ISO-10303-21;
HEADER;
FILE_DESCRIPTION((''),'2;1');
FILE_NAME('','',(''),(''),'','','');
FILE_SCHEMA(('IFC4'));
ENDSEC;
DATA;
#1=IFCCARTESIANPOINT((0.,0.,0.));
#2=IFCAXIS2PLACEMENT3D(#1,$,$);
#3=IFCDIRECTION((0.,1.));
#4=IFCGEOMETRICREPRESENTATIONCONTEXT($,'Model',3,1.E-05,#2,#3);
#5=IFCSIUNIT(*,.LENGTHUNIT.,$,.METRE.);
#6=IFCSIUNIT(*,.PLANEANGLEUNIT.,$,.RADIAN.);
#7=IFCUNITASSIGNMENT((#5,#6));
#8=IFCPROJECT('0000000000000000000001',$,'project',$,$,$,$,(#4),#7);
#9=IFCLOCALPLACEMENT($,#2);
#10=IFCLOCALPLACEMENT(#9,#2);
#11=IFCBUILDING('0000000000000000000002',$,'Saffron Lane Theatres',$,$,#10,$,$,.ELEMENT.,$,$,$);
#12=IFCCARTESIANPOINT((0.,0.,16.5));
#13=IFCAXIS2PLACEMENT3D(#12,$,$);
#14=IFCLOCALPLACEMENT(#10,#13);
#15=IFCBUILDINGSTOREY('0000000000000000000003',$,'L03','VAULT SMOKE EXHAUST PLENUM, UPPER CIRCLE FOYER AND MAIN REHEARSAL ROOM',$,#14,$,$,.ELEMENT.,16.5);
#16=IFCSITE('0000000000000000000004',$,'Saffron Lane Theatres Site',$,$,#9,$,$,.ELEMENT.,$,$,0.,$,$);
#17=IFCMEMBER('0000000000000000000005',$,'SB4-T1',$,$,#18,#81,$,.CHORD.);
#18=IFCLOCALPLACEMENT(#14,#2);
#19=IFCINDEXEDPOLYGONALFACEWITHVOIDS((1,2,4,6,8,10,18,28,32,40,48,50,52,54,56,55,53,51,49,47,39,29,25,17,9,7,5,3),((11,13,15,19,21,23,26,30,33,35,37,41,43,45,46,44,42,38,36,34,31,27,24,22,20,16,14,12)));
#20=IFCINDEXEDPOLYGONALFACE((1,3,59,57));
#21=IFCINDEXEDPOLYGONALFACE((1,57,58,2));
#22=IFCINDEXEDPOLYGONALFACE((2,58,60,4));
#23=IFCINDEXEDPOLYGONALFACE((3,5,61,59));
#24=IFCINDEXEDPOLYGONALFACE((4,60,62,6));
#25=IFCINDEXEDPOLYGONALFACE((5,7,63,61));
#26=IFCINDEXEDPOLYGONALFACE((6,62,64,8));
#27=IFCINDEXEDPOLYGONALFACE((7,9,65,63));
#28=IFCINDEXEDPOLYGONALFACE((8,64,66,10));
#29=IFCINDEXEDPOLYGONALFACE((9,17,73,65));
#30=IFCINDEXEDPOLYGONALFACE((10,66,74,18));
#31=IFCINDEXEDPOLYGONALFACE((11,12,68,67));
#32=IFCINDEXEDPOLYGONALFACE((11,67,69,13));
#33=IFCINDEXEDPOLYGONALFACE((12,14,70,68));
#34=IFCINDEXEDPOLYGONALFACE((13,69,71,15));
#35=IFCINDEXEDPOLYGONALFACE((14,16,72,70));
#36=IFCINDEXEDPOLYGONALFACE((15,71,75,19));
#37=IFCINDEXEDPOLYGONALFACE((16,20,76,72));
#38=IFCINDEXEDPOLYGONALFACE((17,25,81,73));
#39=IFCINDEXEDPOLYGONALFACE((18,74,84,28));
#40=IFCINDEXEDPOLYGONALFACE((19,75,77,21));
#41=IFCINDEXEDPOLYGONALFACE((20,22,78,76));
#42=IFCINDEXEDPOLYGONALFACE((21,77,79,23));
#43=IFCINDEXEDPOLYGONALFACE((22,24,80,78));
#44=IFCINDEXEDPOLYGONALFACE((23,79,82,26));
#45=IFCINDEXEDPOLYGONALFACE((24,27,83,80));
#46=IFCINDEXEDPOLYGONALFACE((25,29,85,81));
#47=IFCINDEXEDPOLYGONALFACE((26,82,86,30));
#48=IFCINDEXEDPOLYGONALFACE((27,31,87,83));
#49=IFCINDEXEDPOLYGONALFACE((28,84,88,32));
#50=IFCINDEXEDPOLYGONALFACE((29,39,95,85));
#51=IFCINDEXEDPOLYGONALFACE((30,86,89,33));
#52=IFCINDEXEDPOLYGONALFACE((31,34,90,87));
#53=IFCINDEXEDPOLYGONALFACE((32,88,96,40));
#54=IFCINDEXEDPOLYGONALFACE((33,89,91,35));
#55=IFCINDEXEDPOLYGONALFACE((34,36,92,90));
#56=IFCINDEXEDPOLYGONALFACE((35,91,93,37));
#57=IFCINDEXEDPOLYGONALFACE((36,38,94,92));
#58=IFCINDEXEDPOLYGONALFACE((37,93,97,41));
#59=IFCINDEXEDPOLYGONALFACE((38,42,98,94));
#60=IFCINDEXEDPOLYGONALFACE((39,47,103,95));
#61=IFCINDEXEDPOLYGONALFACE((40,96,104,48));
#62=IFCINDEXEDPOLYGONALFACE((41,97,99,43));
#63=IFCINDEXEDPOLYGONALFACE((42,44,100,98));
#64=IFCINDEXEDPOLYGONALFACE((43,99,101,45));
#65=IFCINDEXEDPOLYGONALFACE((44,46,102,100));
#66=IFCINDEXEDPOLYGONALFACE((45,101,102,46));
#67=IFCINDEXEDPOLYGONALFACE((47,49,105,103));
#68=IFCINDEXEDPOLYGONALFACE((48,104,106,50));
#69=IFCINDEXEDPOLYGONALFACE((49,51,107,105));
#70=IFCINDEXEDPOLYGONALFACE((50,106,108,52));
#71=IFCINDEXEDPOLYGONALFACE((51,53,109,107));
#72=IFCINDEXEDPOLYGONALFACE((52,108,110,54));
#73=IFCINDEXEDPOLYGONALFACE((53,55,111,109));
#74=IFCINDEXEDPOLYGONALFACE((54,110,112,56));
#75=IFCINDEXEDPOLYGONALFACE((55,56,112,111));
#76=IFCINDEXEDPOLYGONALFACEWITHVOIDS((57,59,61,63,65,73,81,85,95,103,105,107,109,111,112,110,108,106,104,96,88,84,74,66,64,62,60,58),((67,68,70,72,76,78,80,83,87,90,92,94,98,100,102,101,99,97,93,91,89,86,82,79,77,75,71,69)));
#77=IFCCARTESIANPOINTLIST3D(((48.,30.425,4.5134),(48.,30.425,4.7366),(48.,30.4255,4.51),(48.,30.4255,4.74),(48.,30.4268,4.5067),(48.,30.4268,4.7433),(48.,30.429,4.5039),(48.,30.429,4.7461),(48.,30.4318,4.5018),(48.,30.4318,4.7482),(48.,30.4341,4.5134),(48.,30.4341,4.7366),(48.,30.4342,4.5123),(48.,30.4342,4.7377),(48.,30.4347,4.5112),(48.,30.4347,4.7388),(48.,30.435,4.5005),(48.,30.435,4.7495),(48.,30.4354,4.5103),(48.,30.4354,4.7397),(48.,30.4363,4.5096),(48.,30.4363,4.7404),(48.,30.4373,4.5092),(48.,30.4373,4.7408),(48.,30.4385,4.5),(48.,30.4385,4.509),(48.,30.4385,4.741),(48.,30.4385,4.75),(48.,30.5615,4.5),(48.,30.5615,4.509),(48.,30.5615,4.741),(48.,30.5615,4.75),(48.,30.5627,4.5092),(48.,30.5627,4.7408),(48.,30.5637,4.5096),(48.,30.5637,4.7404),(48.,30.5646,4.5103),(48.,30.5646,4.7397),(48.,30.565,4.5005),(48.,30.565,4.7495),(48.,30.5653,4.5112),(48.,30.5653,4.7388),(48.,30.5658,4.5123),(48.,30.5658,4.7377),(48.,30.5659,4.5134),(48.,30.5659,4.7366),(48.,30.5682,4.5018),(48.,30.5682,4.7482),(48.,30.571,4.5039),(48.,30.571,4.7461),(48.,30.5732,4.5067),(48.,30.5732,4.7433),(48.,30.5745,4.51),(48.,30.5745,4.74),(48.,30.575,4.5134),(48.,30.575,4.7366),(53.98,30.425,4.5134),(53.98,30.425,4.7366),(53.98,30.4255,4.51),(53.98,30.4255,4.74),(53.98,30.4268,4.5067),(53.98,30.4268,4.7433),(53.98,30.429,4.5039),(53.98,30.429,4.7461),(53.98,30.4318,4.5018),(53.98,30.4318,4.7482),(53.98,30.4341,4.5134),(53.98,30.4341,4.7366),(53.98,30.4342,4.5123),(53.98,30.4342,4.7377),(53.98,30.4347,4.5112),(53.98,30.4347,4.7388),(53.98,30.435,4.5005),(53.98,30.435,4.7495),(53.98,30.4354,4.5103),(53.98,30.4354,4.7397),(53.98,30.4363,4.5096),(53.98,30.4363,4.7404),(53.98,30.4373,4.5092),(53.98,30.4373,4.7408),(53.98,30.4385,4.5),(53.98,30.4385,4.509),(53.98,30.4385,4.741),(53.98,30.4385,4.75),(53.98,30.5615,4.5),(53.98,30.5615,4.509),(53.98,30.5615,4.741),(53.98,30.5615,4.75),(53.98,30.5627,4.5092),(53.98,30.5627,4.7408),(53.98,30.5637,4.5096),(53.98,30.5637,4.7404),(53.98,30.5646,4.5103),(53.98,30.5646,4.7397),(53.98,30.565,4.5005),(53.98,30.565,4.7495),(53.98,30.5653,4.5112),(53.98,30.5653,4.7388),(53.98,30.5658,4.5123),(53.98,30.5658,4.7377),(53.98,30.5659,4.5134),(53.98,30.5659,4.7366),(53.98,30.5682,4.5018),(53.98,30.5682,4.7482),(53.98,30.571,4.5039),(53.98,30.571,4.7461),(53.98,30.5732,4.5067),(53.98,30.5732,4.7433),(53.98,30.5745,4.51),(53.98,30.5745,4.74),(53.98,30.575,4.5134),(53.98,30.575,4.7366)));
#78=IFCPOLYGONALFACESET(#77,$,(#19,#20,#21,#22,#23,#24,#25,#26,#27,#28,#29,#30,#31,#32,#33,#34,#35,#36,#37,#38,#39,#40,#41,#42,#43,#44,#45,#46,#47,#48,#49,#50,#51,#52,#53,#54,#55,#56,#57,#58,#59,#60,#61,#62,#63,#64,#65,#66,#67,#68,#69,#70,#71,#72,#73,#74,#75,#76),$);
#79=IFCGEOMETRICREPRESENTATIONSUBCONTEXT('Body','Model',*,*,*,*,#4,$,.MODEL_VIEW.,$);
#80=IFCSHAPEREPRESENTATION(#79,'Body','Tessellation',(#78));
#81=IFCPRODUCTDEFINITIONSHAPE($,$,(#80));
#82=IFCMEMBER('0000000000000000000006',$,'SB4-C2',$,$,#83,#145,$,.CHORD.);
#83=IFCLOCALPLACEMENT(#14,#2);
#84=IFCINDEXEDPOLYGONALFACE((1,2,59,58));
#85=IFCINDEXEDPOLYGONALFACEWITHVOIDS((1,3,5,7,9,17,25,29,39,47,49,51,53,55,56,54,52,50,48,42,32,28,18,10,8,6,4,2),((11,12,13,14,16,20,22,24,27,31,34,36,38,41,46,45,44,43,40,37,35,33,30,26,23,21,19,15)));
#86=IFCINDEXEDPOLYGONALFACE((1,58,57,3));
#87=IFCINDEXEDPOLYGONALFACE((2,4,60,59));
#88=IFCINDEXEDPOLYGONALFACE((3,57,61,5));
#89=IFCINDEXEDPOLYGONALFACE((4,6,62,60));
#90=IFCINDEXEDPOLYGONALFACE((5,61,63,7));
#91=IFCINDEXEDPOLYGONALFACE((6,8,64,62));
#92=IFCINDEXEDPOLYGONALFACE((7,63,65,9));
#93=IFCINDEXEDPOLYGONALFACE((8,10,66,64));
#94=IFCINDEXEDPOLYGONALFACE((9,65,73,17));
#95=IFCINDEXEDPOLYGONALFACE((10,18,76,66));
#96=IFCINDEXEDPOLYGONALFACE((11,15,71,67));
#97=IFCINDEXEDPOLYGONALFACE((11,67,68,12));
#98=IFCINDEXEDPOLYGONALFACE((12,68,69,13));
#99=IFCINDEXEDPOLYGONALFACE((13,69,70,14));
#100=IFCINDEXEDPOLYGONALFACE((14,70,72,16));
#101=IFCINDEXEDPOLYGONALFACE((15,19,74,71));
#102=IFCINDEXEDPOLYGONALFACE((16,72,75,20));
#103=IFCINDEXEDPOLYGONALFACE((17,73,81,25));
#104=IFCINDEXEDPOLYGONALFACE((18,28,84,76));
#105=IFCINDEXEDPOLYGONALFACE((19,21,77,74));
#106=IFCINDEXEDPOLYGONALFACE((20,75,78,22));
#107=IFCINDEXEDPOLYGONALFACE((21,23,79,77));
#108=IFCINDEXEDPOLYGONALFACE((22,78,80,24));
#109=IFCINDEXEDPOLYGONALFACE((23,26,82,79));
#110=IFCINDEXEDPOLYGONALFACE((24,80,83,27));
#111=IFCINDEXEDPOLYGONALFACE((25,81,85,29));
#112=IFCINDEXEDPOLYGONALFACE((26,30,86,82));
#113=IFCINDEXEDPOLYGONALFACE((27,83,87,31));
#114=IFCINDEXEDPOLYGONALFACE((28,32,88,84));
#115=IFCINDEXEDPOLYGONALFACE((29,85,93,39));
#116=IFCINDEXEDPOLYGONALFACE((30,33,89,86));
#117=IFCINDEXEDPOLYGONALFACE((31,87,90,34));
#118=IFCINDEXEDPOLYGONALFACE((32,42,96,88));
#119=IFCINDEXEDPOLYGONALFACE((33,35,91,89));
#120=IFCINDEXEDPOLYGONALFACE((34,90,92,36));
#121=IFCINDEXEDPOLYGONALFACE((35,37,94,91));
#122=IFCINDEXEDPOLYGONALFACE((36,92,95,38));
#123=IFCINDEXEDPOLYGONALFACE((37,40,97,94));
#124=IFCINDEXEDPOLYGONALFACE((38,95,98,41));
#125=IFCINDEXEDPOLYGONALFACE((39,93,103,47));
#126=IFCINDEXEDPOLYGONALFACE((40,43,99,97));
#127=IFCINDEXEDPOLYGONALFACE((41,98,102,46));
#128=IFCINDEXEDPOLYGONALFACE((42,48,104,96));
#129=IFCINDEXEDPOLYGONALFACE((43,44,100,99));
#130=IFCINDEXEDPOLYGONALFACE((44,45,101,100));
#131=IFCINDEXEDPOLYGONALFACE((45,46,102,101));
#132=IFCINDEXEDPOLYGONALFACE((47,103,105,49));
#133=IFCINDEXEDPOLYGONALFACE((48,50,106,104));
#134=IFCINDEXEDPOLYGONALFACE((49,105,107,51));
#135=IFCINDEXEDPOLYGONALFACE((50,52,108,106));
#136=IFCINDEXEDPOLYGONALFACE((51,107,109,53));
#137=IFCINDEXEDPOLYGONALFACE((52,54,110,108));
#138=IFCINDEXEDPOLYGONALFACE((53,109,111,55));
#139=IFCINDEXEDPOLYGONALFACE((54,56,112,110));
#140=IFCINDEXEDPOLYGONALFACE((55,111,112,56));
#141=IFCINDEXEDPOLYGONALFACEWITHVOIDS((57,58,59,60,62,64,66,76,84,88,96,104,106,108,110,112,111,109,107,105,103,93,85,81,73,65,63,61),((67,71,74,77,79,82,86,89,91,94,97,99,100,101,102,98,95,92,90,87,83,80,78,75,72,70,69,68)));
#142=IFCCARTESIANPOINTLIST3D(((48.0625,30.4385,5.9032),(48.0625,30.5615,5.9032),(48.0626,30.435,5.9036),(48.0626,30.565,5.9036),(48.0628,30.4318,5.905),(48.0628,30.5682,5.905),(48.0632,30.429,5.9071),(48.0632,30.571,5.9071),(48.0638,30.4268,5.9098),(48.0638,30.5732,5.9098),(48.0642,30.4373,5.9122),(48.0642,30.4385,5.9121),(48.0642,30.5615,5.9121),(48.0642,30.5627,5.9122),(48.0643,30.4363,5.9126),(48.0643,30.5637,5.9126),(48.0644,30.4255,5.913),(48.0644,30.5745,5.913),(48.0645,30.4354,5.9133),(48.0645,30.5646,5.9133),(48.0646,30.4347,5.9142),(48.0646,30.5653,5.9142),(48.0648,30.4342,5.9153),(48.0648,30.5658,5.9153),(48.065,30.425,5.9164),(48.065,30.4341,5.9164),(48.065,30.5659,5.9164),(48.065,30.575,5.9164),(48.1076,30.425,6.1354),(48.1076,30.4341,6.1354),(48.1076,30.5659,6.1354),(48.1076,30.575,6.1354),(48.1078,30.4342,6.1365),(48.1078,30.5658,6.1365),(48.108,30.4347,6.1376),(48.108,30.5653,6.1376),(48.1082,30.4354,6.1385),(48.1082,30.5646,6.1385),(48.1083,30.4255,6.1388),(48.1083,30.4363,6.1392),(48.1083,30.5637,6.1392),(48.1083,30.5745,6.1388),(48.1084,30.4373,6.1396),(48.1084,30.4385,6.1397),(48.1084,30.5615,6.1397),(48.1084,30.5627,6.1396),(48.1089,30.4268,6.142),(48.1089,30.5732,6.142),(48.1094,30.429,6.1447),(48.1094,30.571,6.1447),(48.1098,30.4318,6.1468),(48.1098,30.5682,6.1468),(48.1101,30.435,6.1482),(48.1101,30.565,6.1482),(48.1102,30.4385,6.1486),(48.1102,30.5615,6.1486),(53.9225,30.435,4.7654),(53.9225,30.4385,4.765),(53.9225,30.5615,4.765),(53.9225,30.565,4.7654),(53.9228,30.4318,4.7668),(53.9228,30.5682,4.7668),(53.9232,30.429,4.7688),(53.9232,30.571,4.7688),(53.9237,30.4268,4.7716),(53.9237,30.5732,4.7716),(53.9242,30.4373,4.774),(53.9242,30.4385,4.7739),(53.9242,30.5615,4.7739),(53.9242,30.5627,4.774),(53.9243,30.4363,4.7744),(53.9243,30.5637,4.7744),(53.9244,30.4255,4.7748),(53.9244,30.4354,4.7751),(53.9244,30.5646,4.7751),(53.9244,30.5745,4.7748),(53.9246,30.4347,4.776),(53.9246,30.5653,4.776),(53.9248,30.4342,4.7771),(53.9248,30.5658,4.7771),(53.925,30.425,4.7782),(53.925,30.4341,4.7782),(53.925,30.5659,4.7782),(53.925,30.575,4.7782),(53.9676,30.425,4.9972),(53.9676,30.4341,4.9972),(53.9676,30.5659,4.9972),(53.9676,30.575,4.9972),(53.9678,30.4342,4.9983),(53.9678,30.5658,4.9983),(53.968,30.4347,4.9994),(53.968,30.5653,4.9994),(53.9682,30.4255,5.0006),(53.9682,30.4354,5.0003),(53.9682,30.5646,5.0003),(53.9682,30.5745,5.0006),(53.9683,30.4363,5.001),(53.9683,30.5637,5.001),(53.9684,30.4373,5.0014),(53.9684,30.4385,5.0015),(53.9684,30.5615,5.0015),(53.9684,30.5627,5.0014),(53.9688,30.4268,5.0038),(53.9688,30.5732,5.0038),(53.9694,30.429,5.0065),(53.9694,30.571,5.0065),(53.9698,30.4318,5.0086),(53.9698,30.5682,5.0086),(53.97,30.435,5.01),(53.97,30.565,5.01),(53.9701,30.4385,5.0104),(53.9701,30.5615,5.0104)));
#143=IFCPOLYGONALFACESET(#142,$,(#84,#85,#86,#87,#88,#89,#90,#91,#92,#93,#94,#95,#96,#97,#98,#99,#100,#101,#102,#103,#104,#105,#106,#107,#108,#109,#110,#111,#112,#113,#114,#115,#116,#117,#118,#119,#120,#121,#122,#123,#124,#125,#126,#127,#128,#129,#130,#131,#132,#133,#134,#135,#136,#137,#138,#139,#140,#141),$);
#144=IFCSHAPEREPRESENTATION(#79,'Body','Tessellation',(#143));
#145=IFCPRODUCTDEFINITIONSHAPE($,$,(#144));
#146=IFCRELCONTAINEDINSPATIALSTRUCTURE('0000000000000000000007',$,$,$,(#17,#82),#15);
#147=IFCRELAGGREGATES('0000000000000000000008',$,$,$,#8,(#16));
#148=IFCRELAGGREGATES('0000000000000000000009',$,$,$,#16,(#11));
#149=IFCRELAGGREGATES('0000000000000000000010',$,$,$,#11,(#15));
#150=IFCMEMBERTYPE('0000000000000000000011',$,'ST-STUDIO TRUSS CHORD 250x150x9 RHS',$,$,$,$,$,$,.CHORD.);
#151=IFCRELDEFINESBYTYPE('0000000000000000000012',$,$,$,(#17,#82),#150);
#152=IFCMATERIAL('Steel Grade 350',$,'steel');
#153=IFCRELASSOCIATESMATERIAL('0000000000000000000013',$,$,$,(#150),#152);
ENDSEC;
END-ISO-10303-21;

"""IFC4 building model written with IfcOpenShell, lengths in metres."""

from ifc_helpers import new_model, si_unit, direction, frame, origin, origin_2d, place, context, subcontext, project, spatial, hollow_rectangle, extrude, material, material_profile, profile_set, type_object, element, save


model = new_model("IFC4")

# Units and contexts
model_context = context("Model", 3, precision=1e-05, world=origin(), true_north=direction((0.0, 1.0)))
body_context = subcontext(model_context, "Body", "Model", "MODEL_VIEW")
ifc_project = project(units=[si_unit("LENGTHUNIT", "METRE"), si_unit("PLANEANGLEUNIT", "RADIAN")], contexts=[model_context])

# Site, building, storey
site_placement = place(None, origin())
site = spatial("IfcSite", under=ifc_project, at=site_placement, Name="Saffron Lane Theatres Site", CompositionType="ELEMENT", RefElevation=0.0)
building_placement = place(site_placement, origin())
building = spatial("IfcBuilding", under=site, at=building_placement, Name="Saffron Lane Theatres", CompositionType="ELEMENT")
storey_placement = place(building_placement, frame((0.0, 0.0, 16.5)))
storey = spatial("IfcBuildingStorey", under=building, at=storey_placement, Name="L03", Description="VAULT SMOKE EXHAUST PLENUM, UPPER CIRCLE FOYER AND MAIN REHEARSAL ROOM", CompositionType="ELEMENT", Elevation=16.5)

# Members
ifc_material_1 = material(Name="Steel Grade 350", Category="steel")
ifc_material_profile_1 = material_profile(ifc_material_1, hollow_rectangle(XDim=0.1499, YDim=0.25, WallThickness=0.009, InnerFilletRadius=0.0044, OuterFilletRadius=0.0134, at=origin_2d()))
ifc_profile_set_1 = profile_set([ifc_material_profile_1], Name="Steel Grade 350")
member_type_1 = type_object("IfcMemberType", Name="ST-STUDIO TRUSS CHORD 250x150x9 RHS", PredefinedType="CHORD", material=ifc_profile_set_1)
member_1_placement = place(storey_placement, frame((53.98, 30.5, 4.625), z_axis=(-1.0, 0.0, 0.0), x_axis=(0.0, -1.0, 0.0)))
element("IfcMember", 1, at=member_1_placement, inside=storey, type_object=member_type_1, Name="SB4-T1", PredefinedType="CHORD", context=body_context, shape_type="SweptSolid", body=[
    extrude(hollow_rectangle(XDim=0.1499, YDim=0.25, WallThickness=0.009, InnerFilletRadius=0.0044, OuterFilletRadius=0.0134, at=origin_2d()), origin(), (0.0, 0.0, 1.0), 5.98),
])
member_2_placement = place(storey_placement, frame((53.9463, 30.5, 4.8877), z_axis=(-0.981654, 0.0, 0.19067), x_axis=(0.0, -1.0, 0.0)))
element("IfcMember", 2, at=member_2_placement, inside=storey, type_object=member_type_1, Name="SB4-C2", PredefinedType="CHORD", context=body_context, shape_type="SweptSolid", body=[
    extrude(hollow_rectangle(XDim=0.1499, YDim=0.25, WallThickness=0.009, InnerFilletRadius=0.0044, OuterFilletRadius=0.0134, at=origin_2d()), origin(), (0.0, 0.0, 1.0), 5.9695),
])

save(model, "model.ifc")
